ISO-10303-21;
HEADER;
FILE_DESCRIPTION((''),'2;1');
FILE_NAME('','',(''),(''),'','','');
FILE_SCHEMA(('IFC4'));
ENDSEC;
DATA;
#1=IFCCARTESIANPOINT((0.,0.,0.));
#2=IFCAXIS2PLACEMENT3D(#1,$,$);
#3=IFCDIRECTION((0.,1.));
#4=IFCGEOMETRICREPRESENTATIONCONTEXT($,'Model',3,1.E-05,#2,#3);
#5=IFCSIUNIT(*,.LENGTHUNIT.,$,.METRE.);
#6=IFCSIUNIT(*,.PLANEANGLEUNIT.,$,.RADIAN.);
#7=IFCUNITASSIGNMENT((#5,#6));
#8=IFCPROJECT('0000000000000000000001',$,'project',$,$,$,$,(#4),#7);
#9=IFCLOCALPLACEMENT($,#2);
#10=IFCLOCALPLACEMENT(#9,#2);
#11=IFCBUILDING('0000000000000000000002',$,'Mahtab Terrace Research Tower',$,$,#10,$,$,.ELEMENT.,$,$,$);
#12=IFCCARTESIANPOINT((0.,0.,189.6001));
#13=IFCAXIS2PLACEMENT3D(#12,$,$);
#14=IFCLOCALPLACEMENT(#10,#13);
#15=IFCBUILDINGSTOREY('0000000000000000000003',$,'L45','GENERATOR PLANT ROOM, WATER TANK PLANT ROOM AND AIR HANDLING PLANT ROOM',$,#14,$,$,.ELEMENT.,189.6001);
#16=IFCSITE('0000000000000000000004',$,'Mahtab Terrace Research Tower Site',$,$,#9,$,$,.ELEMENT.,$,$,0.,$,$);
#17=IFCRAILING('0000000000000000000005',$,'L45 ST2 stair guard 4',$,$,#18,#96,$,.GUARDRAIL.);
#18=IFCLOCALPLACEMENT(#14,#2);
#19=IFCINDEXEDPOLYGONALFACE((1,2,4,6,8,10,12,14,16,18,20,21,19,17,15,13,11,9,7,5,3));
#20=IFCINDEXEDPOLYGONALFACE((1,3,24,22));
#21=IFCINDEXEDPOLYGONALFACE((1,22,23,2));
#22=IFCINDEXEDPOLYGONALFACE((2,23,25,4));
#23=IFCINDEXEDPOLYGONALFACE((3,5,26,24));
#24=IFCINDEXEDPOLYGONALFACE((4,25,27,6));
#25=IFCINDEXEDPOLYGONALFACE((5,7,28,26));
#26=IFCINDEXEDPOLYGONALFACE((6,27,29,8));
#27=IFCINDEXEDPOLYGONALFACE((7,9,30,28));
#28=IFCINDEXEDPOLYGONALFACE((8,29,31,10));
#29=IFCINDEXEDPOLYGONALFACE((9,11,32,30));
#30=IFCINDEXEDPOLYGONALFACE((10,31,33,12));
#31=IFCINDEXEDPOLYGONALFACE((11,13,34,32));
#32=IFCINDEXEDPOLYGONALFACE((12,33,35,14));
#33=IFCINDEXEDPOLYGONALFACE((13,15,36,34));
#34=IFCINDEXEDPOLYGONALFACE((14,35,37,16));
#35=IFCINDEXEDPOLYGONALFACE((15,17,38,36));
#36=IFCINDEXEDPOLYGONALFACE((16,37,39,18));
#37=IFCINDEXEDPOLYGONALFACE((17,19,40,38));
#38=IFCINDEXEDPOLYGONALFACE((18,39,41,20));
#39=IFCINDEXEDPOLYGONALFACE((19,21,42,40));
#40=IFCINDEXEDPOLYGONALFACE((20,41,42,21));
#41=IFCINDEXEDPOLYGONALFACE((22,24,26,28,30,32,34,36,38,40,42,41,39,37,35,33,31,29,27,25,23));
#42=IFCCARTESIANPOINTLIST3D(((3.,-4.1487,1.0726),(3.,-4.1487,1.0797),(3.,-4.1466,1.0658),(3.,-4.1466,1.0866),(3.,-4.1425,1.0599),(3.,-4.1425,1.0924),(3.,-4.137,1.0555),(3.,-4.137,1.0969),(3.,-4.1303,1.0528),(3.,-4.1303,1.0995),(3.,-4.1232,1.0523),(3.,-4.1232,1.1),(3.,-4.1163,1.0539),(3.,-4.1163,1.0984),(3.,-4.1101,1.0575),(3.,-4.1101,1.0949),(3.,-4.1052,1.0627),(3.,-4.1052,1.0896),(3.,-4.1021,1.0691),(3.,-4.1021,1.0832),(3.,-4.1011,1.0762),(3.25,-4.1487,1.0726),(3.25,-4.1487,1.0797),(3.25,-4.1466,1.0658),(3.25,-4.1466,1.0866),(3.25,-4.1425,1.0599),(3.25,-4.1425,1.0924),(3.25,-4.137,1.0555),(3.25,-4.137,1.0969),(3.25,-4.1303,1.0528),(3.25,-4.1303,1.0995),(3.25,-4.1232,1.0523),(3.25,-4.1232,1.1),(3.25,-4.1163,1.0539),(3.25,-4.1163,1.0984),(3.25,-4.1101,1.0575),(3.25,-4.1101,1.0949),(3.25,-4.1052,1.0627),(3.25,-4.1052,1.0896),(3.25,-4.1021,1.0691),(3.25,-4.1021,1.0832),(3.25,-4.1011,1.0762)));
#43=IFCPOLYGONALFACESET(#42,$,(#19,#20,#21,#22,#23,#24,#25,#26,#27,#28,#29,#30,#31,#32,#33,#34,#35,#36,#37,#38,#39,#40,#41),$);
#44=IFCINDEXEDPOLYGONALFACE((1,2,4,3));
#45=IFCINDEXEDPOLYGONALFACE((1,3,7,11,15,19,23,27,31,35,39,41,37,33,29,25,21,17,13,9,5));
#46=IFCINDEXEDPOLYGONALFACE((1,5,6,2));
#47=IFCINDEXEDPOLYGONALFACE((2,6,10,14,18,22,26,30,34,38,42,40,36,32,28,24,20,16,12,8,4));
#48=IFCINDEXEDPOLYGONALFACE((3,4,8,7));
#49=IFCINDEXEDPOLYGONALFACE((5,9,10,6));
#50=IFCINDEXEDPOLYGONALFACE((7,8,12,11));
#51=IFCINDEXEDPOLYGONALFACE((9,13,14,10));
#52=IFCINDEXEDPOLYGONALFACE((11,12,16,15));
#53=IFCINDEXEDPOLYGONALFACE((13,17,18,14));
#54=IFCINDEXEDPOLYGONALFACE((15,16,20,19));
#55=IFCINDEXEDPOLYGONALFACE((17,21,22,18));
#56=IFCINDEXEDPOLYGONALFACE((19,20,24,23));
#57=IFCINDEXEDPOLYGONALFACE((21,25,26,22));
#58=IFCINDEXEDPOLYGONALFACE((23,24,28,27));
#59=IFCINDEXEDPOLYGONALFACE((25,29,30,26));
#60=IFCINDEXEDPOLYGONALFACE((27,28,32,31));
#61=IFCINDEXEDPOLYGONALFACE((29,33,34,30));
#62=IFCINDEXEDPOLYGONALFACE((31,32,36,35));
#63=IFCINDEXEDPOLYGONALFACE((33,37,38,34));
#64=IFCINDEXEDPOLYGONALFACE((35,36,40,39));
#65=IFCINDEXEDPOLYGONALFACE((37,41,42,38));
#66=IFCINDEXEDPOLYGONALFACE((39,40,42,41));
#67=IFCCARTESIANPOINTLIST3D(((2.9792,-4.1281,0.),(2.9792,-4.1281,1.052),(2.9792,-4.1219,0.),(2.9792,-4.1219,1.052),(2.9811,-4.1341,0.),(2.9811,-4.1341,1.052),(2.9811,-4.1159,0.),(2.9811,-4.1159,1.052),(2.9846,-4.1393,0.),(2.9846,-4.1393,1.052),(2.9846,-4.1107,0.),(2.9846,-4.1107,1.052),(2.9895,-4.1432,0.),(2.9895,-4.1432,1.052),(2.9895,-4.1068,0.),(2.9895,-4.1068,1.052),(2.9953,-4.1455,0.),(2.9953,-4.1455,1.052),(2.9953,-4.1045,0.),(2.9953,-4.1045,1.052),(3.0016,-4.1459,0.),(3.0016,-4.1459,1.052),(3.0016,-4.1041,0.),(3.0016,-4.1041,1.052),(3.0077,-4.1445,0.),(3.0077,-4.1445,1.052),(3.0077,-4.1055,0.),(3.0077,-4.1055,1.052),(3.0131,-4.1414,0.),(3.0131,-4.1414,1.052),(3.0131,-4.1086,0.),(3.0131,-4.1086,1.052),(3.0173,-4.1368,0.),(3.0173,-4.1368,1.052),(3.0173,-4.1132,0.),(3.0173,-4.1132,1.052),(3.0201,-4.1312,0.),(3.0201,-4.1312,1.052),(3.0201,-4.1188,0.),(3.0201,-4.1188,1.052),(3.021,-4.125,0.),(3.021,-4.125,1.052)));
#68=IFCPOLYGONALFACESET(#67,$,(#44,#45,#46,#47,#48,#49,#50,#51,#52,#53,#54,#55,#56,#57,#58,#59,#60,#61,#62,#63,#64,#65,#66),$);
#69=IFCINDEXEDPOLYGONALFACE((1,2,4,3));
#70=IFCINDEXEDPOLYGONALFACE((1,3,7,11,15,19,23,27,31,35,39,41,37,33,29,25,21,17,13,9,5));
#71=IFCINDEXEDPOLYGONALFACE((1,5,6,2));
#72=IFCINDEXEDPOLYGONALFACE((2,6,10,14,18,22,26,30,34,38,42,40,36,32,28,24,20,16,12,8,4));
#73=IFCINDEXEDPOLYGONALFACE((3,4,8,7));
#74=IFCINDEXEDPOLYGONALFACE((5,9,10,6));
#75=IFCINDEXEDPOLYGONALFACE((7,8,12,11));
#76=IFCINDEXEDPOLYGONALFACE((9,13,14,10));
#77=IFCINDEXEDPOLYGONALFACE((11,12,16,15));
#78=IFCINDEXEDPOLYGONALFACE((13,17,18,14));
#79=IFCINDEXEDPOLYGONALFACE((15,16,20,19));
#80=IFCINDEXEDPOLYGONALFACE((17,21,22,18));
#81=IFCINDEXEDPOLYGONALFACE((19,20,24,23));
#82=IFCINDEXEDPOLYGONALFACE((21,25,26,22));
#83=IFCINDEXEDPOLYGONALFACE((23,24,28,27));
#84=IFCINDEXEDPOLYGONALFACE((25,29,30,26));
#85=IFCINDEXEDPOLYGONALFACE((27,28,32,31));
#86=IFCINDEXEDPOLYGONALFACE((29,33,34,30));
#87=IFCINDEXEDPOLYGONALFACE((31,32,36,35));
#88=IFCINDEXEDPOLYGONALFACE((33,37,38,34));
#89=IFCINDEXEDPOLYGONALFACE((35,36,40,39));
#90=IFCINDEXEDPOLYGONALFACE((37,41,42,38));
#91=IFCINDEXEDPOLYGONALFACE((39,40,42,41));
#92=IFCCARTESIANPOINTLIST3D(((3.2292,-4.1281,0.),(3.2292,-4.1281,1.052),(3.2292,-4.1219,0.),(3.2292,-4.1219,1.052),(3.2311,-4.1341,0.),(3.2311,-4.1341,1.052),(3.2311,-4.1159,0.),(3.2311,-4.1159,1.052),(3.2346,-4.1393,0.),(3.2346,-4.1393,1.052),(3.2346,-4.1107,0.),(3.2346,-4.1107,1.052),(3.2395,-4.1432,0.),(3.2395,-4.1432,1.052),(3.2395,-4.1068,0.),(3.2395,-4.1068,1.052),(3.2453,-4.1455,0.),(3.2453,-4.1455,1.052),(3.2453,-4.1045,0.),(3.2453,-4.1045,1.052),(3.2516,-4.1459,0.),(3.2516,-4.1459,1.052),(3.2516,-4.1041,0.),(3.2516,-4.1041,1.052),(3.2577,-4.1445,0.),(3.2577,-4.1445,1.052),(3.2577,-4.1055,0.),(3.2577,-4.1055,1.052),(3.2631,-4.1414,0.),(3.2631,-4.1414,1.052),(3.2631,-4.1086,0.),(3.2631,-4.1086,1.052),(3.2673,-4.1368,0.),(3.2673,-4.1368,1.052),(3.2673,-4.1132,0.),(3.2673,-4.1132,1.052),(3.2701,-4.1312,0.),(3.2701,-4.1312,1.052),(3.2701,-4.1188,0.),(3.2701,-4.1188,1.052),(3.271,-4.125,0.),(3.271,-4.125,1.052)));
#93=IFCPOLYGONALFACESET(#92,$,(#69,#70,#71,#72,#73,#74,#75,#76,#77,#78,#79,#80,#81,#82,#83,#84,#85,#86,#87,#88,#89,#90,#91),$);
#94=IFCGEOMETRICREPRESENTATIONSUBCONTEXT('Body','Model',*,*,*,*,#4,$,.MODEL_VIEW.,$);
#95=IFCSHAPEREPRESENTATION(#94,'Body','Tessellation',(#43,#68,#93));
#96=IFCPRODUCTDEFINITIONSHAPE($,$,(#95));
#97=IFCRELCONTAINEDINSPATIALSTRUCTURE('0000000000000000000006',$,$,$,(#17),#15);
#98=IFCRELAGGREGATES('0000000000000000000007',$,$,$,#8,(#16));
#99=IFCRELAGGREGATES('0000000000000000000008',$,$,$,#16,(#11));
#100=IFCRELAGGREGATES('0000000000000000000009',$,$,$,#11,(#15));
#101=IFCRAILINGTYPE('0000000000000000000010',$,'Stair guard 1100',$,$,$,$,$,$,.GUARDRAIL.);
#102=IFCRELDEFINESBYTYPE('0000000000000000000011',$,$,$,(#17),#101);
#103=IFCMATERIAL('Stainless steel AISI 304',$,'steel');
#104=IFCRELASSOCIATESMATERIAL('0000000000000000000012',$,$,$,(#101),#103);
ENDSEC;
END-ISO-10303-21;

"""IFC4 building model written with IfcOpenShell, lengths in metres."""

from ifc_helpers import new_model, si_unit, direction, frame, origin, origin_2d, place, context, subcontext, project, spatial, circle, extrude, material, type_object, element, save


model = new_model("IFC4")

# Units and contexts
model_context = context("Model", 3, precision=1e-05, world=origin(), true_north=direction((0.0, 1.0)))
body_context = subcontext(model_context, "Body", "Model", "MODEL_VIEW")
ifc_project = project(units=[si_unit("LENGTHUNIT", "METRE"), si_unit("PLANEANGLEUNIT", "RADIAN")], contexts=[model_context])

# Site, building, storey
site_placement = place(None, origin())
site = spatial("IfcSite", under=ifc_project, at=site_placement, Name="Mahtab Terrace Research Tower Site", CompositionType="ELEMENT", RefElevation=0.0)
building_placement = place(site_placement, origin())
building = spatial("IfcBuilding", under=site, at=building_placement, Name="Mahtab Terrace Research Tower", CompositionType="ELEMENT")
storey_placement = place(building_placement, frame((0.0, 0.0, 189.6001)))
storey = spatial("IfcBuildingStorey", under=building, at=storey_placement, Name="L45", Description="GENERATOR PLANT ROOM, WATER TANK PLANT ROOM AND AIR HANDLING PLANT ROOM", CompositionType="ELEMENT", Elevation=189.6001)

# Railing
ifc_material_1 = material(Name="Stainless steel AISI 304", Category="steel")
railing_type_1 = type_object("IfcRailingType", Name="Stair guard 1100", PredefinedType="GUARDRAIL", material=ifc_material_1)
railing_1_placement = place(storey_placement, frame((3.0, -4.125, 0.0)))
element("IfcRailing", 1, at=railing_1_placement, inside=storey, type_object=railing_type_1, Name="L45 ST2 stair guard 4", PredefinedType="GUARDRAIL", context=body_context, shape_type="SweptSolid", body=[
    extrude(circle(Radius=0.0239, at=origin_2d()), frame((0.0, 0.0, 1.0762), z_axis=(1.0, 0.0, 0.0), x_axis=(0.0, 1.0, 0.0)), (0.0, 0.0, 1.0), 0.25),
    extrude(circle(Radius=0.021, at=origin_2d()), origin(), (0.0, 0.0, 1.0), 1.052),
    extrude(circle(Radius=0.021, at=origin_2d()), frame((0.25, 0.0, 0.0)), (0.0, 0.0, 1.0), 1.052),
])

save(model, "model.ifc")
